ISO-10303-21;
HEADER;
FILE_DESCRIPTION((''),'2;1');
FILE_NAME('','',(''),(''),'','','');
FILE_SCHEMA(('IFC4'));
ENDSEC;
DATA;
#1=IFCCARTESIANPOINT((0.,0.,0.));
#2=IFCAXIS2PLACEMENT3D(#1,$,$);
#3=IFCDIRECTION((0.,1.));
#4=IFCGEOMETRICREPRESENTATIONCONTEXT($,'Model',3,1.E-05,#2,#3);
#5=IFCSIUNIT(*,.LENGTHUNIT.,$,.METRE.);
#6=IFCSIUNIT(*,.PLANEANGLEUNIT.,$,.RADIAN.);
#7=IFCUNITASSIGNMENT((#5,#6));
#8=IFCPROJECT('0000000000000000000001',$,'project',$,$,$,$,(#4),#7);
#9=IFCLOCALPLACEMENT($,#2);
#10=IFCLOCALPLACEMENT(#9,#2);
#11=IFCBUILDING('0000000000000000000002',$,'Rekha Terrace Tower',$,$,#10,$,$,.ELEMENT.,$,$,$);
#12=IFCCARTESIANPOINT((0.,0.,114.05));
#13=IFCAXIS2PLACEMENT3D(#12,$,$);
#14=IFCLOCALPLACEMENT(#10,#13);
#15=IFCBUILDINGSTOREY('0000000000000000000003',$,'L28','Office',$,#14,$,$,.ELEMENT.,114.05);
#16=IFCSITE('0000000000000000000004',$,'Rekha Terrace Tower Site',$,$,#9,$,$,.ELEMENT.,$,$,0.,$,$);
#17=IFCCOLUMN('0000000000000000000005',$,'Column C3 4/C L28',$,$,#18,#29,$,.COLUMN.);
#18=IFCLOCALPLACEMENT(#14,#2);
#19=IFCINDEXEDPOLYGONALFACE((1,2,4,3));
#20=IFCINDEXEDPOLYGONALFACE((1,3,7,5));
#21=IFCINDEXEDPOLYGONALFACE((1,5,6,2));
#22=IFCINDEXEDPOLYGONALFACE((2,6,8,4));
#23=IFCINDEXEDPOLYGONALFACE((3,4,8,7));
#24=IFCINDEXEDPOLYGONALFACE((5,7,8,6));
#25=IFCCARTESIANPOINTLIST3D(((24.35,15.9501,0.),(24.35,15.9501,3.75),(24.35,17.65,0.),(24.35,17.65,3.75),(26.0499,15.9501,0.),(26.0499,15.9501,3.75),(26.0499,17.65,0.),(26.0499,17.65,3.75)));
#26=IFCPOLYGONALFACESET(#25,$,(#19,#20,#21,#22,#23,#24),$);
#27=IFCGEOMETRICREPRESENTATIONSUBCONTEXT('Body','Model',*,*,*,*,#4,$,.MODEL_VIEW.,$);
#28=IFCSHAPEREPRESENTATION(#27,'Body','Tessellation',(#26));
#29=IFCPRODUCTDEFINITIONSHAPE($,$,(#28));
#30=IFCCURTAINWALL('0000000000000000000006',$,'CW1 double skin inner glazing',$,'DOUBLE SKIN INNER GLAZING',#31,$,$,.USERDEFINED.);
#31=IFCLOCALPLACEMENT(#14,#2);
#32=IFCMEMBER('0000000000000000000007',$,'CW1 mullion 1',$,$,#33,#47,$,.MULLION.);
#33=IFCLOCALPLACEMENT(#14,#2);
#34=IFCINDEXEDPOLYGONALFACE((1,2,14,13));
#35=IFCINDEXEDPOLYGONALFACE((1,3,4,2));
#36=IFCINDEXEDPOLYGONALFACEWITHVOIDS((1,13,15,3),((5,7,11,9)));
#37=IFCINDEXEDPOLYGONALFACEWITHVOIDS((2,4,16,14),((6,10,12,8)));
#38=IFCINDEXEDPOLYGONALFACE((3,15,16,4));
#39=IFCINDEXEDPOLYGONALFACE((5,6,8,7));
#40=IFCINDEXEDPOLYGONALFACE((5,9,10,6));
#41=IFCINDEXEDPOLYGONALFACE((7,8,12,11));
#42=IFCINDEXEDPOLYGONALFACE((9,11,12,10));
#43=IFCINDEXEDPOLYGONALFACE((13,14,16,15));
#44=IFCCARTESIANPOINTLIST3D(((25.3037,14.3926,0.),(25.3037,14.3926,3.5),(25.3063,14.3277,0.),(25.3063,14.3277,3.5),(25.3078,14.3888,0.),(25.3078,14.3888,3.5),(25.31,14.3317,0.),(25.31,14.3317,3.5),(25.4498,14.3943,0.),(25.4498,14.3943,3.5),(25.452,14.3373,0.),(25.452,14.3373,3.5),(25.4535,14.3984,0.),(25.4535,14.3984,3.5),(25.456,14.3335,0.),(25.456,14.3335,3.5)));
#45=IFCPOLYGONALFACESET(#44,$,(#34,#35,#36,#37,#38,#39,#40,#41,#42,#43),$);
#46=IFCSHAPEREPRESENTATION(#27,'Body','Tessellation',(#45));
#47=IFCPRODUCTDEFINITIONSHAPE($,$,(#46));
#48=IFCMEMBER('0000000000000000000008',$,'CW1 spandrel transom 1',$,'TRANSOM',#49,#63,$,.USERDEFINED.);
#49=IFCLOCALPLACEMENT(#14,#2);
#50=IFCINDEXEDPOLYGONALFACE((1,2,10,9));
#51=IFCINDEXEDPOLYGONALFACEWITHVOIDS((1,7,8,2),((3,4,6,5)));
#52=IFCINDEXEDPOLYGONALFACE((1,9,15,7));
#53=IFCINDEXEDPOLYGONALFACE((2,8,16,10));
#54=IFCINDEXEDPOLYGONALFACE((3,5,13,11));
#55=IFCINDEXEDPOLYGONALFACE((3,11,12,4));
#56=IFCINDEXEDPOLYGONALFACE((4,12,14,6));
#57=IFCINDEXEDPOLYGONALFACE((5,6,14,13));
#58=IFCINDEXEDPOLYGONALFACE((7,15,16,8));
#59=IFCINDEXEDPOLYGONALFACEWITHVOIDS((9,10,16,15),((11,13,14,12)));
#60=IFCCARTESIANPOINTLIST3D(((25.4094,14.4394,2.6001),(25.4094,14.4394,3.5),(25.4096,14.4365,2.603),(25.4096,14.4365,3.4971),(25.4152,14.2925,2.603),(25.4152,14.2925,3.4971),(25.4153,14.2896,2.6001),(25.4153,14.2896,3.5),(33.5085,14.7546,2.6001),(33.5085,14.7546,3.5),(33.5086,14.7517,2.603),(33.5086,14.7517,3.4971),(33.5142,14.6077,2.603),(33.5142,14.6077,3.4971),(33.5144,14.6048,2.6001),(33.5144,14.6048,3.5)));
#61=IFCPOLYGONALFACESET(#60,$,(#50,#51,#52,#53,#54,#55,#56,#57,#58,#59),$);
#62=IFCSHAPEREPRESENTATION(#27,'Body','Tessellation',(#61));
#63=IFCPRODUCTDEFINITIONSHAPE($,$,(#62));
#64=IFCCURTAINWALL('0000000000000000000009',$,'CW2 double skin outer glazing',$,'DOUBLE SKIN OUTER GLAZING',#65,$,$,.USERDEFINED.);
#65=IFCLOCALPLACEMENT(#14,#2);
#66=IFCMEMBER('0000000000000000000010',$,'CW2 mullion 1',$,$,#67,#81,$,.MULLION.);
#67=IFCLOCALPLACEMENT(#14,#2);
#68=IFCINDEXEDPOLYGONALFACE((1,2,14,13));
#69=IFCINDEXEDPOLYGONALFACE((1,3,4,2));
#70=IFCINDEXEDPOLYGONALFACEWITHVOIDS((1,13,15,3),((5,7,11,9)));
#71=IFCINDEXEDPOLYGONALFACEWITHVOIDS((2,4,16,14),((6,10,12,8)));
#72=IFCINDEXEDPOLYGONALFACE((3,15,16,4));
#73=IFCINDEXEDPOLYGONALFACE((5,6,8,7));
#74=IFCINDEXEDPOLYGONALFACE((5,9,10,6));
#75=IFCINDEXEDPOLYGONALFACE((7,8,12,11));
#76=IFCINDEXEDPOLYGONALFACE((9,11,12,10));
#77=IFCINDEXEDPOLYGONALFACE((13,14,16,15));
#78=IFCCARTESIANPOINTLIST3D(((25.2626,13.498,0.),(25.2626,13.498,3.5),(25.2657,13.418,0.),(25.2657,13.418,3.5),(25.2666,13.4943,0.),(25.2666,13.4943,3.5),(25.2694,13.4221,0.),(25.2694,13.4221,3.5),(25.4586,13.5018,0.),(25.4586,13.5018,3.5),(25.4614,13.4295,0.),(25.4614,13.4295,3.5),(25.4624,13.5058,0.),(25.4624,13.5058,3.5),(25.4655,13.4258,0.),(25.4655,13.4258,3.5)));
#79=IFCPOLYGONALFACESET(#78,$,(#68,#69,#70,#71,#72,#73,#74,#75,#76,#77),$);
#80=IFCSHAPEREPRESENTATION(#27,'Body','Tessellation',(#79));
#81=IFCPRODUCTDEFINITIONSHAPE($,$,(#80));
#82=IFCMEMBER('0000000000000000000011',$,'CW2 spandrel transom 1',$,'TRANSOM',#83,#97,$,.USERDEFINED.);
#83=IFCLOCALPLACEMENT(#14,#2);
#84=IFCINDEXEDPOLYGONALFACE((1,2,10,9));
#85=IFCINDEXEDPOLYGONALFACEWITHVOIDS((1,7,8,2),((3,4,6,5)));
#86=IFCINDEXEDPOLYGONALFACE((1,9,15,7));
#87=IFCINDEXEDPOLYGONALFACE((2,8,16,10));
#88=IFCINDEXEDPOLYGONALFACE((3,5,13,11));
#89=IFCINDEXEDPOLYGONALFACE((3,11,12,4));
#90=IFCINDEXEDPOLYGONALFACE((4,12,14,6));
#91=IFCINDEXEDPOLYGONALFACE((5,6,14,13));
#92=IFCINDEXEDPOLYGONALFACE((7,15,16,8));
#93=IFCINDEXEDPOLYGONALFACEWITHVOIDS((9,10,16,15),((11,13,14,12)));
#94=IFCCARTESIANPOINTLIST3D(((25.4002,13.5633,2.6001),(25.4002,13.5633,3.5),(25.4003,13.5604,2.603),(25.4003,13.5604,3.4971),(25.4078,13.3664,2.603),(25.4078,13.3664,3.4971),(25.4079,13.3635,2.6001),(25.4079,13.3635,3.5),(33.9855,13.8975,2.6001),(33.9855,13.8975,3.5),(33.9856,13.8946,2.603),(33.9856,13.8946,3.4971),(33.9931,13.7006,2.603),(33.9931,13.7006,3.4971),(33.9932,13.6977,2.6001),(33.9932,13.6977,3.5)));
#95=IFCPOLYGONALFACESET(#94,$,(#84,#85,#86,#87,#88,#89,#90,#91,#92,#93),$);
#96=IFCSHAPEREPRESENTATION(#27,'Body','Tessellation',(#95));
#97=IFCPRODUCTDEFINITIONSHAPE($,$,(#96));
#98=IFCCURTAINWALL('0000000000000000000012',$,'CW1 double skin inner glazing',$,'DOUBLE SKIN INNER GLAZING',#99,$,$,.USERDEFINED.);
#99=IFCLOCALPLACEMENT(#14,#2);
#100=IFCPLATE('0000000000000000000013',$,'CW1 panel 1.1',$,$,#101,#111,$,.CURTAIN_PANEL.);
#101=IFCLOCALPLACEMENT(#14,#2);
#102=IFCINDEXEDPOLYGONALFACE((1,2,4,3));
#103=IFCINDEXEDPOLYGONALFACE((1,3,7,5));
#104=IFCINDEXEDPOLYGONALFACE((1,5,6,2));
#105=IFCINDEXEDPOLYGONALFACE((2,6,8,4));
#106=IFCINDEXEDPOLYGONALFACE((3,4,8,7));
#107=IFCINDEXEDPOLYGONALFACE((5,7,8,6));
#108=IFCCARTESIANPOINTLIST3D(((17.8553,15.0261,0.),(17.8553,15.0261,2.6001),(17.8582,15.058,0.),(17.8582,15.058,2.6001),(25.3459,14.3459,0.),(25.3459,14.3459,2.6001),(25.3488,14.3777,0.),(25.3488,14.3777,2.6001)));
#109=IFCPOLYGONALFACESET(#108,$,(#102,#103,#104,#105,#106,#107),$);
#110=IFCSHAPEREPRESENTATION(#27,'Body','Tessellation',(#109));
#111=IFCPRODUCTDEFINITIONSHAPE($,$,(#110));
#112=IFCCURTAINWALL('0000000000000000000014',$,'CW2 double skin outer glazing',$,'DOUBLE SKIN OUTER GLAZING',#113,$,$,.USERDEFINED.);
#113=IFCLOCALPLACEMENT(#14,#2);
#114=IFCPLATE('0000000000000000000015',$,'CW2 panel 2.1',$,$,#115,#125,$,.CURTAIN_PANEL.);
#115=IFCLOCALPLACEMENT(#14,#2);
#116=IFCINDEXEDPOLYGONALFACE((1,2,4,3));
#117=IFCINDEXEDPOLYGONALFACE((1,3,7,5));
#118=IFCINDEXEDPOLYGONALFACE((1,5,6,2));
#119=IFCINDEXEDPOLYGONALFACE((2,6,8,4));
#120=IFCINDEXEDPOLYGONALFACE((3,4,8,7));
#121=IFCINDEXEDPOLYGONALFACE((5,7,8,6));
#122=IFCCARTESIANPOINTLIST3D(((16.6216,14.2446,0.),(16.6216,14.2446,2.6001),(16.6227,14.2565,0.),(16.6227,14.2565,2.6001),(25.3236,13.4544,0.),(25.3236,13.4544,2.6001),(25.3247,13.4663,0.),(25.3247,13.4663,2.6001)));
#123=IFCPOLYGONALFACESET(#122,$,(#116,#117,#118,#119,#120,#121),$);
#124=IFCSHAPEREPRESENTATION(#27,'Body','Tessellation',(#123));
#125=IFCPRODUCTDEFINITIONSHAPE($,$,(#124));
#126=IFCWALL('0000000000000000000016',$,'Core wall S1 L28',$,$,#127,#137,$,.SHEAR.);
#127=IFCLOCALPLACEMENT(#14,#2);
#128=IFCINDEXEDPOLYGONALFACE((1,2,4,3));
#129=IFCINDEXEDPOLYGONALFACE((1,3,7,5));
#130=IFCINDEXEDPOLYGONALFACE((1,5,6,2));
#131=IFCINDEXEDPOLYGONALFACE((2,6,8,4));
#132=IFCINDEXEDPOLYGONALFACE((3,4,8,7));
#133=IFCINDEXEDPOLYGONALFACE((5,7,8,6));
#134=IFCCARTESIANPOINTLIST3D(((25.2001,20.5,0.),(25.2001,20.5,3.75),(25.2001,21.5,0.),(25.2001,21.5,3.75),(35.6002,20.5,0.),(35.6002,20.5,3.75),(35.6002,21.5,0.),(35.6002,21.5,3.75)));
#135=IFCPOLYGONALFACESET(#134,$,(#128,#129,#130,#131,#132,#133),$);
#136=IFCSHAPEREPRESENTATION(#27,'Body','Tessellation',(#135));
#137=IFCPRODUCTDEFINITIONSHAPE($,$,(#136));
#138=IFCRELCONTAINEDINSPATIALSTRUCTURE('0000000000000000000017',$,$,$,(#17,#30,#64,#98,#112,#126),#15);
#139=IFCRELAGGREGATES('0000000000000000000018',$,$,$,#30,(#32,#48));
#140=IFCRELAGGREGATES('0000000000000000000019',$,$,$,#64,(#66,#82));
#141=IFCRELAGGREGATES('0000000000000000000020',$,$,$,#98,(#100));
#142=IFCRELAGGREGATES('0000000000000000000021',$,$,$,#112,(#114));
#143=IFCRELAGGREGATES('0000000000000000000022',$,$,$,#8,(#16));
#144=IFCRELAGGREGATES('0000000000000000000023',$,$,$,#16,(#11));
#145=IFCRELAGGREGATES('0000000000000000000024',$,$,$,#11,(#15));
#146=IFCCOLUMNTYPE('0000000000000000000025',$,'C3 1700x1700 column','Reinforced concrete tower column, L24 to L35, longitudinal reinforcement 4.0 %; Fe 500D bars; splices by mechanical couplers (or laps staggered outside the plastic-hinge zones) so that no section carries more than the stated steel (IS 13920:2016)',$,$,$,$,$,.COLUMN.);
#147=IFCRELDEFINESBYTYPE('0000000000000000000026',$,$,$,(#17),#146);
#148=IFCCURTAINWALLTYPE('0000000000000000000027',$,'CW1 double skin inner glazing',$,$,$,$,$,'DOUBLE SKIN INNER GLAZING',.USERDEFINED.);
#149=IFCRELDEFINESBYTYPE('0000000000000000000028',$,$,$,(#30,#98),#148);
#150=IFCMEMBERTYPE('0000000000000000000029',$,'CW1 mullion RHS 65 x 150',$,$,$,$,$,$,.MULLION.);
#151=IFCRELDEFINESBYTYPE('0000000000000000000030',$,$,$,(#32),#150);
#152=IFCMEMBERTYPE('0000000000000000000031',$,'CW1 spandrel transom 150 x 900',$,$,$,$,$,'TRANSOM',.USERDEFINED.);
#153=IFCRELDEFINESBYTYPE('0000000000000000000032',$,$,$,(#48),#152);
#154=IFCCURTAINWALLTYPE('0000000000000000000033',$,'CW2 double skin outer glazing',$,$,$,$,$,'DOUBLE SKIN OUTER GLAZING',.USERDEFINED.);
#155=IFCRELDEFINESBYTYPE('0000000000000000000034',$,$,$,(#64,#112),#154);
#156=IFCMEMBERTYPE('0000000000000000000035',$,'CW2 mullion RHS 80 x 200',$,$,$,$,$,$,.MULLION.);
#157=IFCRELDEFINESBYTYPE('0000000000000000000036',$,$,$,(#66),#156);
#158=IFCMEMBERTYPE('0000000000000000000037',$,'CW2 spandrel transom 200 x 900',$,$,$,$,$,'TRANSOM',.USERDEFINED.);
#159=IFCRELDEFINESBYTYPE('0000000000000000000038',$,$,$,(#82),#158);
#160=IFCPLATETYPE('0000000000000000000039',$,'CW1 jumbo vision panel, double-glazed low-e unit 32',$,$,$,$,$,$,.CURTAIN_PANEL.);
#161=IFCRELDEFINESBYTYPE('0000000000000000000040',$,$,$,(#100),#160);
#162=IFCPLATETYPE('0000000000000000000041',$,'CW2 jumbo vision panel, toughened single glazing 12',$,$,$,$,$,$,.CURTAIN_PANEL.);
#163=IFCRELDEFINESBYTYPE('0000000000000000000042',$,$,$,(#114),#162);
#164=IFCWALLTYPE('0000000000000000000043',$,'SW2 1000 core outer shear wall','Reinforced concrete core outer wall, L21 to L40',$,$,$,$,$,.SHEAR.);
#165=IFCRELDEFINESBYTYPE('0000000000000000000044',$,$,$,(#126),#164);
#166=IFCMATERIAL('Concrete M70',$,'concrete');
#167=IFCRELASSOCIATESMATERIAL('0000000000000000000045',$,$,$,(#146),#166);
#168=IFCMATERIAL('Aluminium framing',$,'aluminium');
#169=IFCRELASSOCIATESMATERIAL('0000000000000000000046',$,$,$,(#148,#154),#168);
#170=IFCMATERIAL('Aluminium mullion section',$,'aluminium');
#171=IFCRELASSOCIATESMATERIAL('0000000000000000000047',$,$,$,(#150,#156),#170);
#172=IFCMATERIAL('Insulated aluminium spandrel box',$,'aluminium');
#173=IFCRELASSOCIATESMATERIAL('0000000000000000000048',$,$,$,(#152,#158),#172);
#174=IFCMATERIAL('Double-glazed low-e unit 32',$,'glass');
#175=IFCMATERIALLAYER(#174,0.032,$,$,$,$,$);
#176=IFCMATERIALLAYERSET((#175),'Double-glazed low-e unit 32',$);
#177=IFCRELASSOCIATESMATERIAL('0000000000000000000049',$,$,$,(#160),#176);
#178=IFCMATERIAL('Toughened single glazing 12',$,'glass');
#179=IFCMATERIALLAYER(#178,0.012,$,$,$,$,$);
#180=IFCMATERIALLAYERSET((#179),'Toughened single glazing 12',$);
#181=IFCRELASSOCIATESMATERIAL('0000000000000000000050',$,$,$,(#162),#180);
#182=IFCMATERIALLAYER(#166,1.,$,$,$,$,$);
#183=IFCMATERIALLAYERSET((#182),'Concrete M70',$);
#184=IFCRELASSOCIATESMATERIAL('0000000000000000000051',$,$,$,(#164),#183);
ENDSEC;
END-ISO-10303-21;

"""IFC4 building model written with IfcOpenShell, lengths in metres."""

from ifc_helpers import new_model, si_unit, direction, frame, frame_2d, origin, origin_2d, place, context, subcontext, project, spatial, rectangle, hollow_rectangle, extrude, material, layer, layer_set, material_profile, profile_set, type_object, element, aggregate, save


model = new_model("IFC4")

# Units and contexts
model_context = context("Model", 3, precision=1e-05, world=origin(), true_north=direction((0.0, 1.0)))
body_context = subcontext(model_context, "Body", "Model", "MODEL_VIEW")
ifc_project = project(units=[si_unit("LENGTHUNIT", "METRE"), si_unit("PLANEANGLEUNIT", "RADIAN")], contexts=[model_context])

# Site, building, storey
site_placement = place(None, origin())
site = spatial("IfcSite", under=ifc_project, at=site_placement, Name="Rekha Terrace Tower Site", CompositionType="ELEMENT", RefElevation=0.0)
building_placement = place(site_placement, origin())
building = spatial("IfcBuilding", under=site, at=building_placement, Name="Rekha Terrace Tower", CompositionType="ELEMENT")
storey_placement = place(building_placement, frame((0.0, 0.0, 114.05)))
storey = spatial("IfcBuildingStorey", under=building, at=storey_placement, Name="L28", Description="Office", CompositionType="ELEMENT", Elevation=114.05)

# Column
ifc_material_1 = material(Name="Concrete M70", Category="concrete")
ifc_material_profile_1 = material_profile(ifc_material_1, rectangle(XDim=1.7, YDim=1.7, at=origin_2d()), Name="RC 1700x1700")
ifc_profile_set_1 = profile_set([ifc_material_profile_1], Name="Concrete M70")
column_type = type_object("IfcColumnType", Name="C3 1700x1700 column", Description="Reinforced concrete tower column, L24 to L35, longitudinal reinforcement 4.0 %; Fe 500D bars; splices by mechanical couplers (or laps staggered outside the plastic-hinge zones) so that no section carries more than the stated steel (IS 13920:2016)", PredefinedType="COLUMN", material=ifc_profile_set_1)
column_placement = place(storey_placement, frame((25.2, 16.8, 0.0), z_axis=(0.0, 0.0, 1.0), x_axis=(1.0, 0.0, 0.0)))
element("IfcColumn", 1, at=column_placement, inside=storey, type_object=column_type, Name="Column C3 4/C L28", PredefinedType="COLUMN", context=body_context, shape_type="SweptSolid", body=[
    extrude(rectangle(XDim=1.7, YDim=1.7, at=origin_2d()), origin(), (0.0, 0.0, 1.0), 3.75),
])

# Curtain walls, members
ifc_material_2 = material(Name="Aluminium framing", Category="aluminium")
curtain_wall_type_1 = type_object("IfcCurtainWallType", Name="CW1 double skin inner glazing", ElementType="DOUBLE SKIN INNER GLAZING", PredefinedType="USERDEFINED", material=ifc_material_2)
curtain_wall_1_placement = place(storey_placement, origin())
curtain_wall_1 = element("IfcCurtainWall", 2, at=curtain_wall_1_placement, inside=storey, type_object=curtain_wall_type_1, Name="CW1 double skin inner glazing", ObjectType="DOUBLE SKIN INNER GLAZING", PredefinedType="USERDEFINED")
ifc_material_3 = material(Name="Aluminium mullion section", Category="aluminium")
ifc_material_profile_2 = material_profile(ifc_material_3, hollow_rectangle(XDim=0.0649, YDim=0.1499, WallThickness=0.0039, at=origin_2d()), Name="AL RHS 65x150")
ifc_profile_set_2 = profile_set([ifc_material_profile_2], Name="Aluminium mullion section")
member_type_1 = type_object("IfcMemberType", Name="CW1 mullion RHS 65 x 150", PredefinedType="MULLION", material=ifc_profile_set_2)
member_1_placement = place(storey_placement, frame((25.3799, 14.363, 0.0), z_axis=(0.0, 0.0, 1.0), x_axis=(-0.03889, 0.999243, 0.0)))
member_1 = element("IfcMember", 3, at=member_1_placement, type_object=member_type_1, Name="CW1 mullion 1", PredefinedType="MULLION", context=body_context, shape_type="SweptSolid", body=[
    extrude(hollow_rectangle(XDim=0.0649, YDim=0.1499, WallThickness=0.0039, at=origin_2d()), origin(), (0.0, 0.0, 1.0), 3.5),
])
ifc_material_4 = material(Name="Insulated aluminium spandrel box", Category="aluminium")
ifc_material_profile_3 = material_profile(ifc_material_4, hollow_rectangle(XDim=0.1499, YDim=0.8999, WallThickness=0.0029, at=origin_2d()), Name="AL SPANDREL BOX 150x900")
ifc_profile_set_3 = profile_set([ifc_material_profile_3], Name="Insulated aluminium spandrel box")
member_type_2 = type_object("IfcMemberType", Name="CW1 spandrel transom 150 x 900", ElementType="TRANSOM", PredefinedType="USERDEFINED", material=ifc_profile_set_3)
member_2_placement = place(storey_placement, frame((25.4124, 14.3645, 3.05), z_axis=(0.999244, 0.038887, 0.0), x_axis=(-0.038887, 0.999244, 0.0)))
member_2 = element("IfcMember", 4, at=member_2_placement, type_object=member_type_2, Name="CW1 spandrel transom 1", ObjectType="TRANSOM", PredefinedType="USERDEFINED", context=body_context, shape_type="SweptSolid", body=[
    extrude(hollow_rectangle(XDim=0.1499, YDim=0.8999, WallThickness=0.0029, at=origin_2d()), origin(), (0.0, 0.0, 1.0), 8.1052),
])
aggregate(curtain_wall_1, [member_1, member_2])
curtain_wall_type_2 = type_object("IfcCurtainWallType", Name="CW2 double skin outer glazing", ElementType="DOUBLE SKIN OUTER GLAZING", PredefinedType="USERDEFINED", material=ifc_material_2)
curtain_wall_2_placement = place(storey_placement, origin())
curtain_wall_2 = element("IfcCurtainWall", 5, at=curtain_wall_2_placement, inside=storey, type_object=curtain_wall_type_2, Name="CW2 double skin outer glazing", ObjectType="DOUBLE SKIN OUTER GLAZING", PredefinedType="USERDEFINED")
ifc_material_profile_4 = material_profile(ifc_material_3, hollow_rectangle(XDim=0.0801, YDim=0.2, WallThickness=0.0039, at=origin_2d()), Name="AL RHS 80x200")
ifc_profile_set_4 = profile_set([ifc_material_profile_4], Name="Aluminium mullion section")
member_type_3 = type_object("IfcMemberType", Name="CW2 mullion RHS 80 x 200", PredefinedType="MULLION", material=ifc_profile_set_4)
member_3_placement = place(storey_placement, frame((25.364, 13.4619, 0.0), z_axis=(0.0, 0.0, 1.0), x_axis=(-0.03889, 0.999243, 0.0)))
member_3 = element("IfcMember", 6, at=member_3_placement, type_object=member_type_3, Name="CW2 mullion 1", PredefinedType="MULLION", context=body_context, shape_type="SweptSolid", body=[
    extrude(hollow_rectangle(XDim=0.0801, YDim=0.2, WallThickness=0.0039, at=origin_2d()), origin(), (0.0, 0.0, 1.0), 3.5),
])
ifc_material_profile_5 = material_profile(ifc_material_4, hollow_rectangle(XDim=0.2, YDim=0.8999, WallThickness=0.0029, at=origin_2d()), Name="AL SPANDREL BOX 200x900")
ifc_profile_set_5 = profile_set([ifc_material_profile_5], Name="Insulated aluminium spandrel box")
member_type_4 = type_object("IfcMemberType", Name="CW2 spandrel transom 200 x 900", ElementType="TRANSOM", PredefinedType="USERDEFINED", material=ifc_profile_set_5)
member_4_placement = place(storey_placement, frame((25.4041, 13.4634, 3.05), z_axis=(0.999243, 0.038901, 0.0), x_axis=(-0.038901, 0.999243, 0.0)))
member_4 = element("IfcMember", 7, at=member_4_placement, type_object=member_type_4, Name="CW2 spandrel transom 1", ObjectType="TRANSOM", PredefinedType="USERDEFINED", context=body_context, shape_type="SweptSolid", body=[
    extrude(hollow_rectangle(XDim=0.2, YDim=0.8999, WallThickness=0.0029, at=origin_2d()), origin(), (0.0, 0.0, 1.0), 8.5918),
])
aggregate(curtain_wall_2, [member_3, member_4])

# Curtain walls, plates
curtain_wall_3_placement = place(storey_placement, origin())
curtain_wall_3 = element("IfcCurtainWall", 8, at=curtain_wall_3_placement, inside=storey, type_object=curtain_wall_type_1, Name="CW1 double skin inner glazing", ObjectType="DOUBLE SKIN INNER GLAZING", PredefinedType="USERDEFINED")
ifc_material_5 = material(Name="Double-glazed low-e unit 32", Category="glass")
ifc_layer_1 = layer(ifc_material_5, 0.032)
ifc_layer_set_1 = layer_set([ifc_layer_1], Name="Double-glazed low-e unit 32")
plate_type_1 = type_object("IfcPlateType", Name="CW1 jumbo vision panel, double-glazed low-e unit 32", PredefinedType="CURTAIN_PANEL", material=ifc_layer_set_1)
plate_1_placement = place(storey_placement, frame((21.6021, 14.7019, 0.0), z_axis=(0.0, 0.0, 1.0), x_axis=(0.995902, -0.09044, 0.0)))
plate_1 = element("IfcPlate", 9, at=plate_1_placement, type_object=plate_type_1, Name="CW1 panel 1.1", PredefinedType="CURTAIN_PANEL", context=body_context, shape_type="SweptSolid", body=[
    extrude(rectangle(XDim=7.5215, YDim=0.032, at=origin_2d()), origin(), (0.0, 0.0, 1.0), 2.6001),
])
aggregate(curtain_wall_3, [plate_1])
curtain_wall_4_placement = place(storey_placement, origin())
curtain_wall_4 = element("IfcCurtainWall", 10, at=curtain_wall_4_placement, inside=storey, type_object=curtain_wall_type_2, Name="CW2 double skin outer glazing", ObjectType="DOUBLE SKIN OUTER GLAZING", PredefinedType="USERDEFINED")
ifc_material_6 = material(Name="Toughened single glazing 12", Category="glass")
ifc_layer_2 = layer(ifc_material_6, 0.012)
ifc_layer_set_2 = layer_set([ifc_layer_2], Name="Toughened single glazing 12")
plate_type_2 = type_object("IfcPlateType", Name="CW2 jumbo vision panel, toughened single glazing 12", PredefinedType="CURTAIN_PANEL", material=ifc_layer_set_2)
plate_2_placement = place(storey_placement, frame((20.9731, 13.8555, 0.0), z_axis=(0.0, 0.0, 1.0), x_axis=(0.995902, -0.09044, 0.0)))
plate_2 = element("IfcPlate", 11, at=plate_2_placement, type_object=plate_type_2, Name="CW2 panel 2.1", PredefinedType="CURTAIN_PANEL", context=body_context, shape_type="SweptSolid", body=[
    extrude(rectangle(XDim=8.7378, YDim=0.012, at=origin_2d()), origin(), (0.0, 0.0, 1.0), 2.6001),
])
aggregate(curtain_wall_4, [plate_2])

# Wall
ifc_layer_3 = layer(ifc_material_1, 1.0)
ifc_layer_set_3 = layer_set([ifc_layer_3], Name="Concrete M70")
wall_type_1 = type_object("IfcWallType", Name="SW2 1000 core outer shear wall", Description="Reinforced concrete core outer wall, L21 to L40", PredefinedType="SHEAR", material=ifc_layer_set_3)
wall_1_placement = place(storey_placement, frame((25.2, 21.0, 0.0), z_axis=(0.0, 0.0, 1.0), x_axis=(1.0, 0.0, 0.0)))
element("IfcWall", 12, at=wall_1_placement, inside=storey, type_object=wall_type_1, Name="Core wall S1 L28", PredefinedType="SHEAR", context=body_context, shape_type="SweptSolid", body=[
    extrude(rectangle(XDim=10.4001, YDim=1.0, at=frame_2d((5.2002, 0.0))), origin(), (0.0, 0.0, 1.0), 3.75),
])

save(model, "model.ifc")
